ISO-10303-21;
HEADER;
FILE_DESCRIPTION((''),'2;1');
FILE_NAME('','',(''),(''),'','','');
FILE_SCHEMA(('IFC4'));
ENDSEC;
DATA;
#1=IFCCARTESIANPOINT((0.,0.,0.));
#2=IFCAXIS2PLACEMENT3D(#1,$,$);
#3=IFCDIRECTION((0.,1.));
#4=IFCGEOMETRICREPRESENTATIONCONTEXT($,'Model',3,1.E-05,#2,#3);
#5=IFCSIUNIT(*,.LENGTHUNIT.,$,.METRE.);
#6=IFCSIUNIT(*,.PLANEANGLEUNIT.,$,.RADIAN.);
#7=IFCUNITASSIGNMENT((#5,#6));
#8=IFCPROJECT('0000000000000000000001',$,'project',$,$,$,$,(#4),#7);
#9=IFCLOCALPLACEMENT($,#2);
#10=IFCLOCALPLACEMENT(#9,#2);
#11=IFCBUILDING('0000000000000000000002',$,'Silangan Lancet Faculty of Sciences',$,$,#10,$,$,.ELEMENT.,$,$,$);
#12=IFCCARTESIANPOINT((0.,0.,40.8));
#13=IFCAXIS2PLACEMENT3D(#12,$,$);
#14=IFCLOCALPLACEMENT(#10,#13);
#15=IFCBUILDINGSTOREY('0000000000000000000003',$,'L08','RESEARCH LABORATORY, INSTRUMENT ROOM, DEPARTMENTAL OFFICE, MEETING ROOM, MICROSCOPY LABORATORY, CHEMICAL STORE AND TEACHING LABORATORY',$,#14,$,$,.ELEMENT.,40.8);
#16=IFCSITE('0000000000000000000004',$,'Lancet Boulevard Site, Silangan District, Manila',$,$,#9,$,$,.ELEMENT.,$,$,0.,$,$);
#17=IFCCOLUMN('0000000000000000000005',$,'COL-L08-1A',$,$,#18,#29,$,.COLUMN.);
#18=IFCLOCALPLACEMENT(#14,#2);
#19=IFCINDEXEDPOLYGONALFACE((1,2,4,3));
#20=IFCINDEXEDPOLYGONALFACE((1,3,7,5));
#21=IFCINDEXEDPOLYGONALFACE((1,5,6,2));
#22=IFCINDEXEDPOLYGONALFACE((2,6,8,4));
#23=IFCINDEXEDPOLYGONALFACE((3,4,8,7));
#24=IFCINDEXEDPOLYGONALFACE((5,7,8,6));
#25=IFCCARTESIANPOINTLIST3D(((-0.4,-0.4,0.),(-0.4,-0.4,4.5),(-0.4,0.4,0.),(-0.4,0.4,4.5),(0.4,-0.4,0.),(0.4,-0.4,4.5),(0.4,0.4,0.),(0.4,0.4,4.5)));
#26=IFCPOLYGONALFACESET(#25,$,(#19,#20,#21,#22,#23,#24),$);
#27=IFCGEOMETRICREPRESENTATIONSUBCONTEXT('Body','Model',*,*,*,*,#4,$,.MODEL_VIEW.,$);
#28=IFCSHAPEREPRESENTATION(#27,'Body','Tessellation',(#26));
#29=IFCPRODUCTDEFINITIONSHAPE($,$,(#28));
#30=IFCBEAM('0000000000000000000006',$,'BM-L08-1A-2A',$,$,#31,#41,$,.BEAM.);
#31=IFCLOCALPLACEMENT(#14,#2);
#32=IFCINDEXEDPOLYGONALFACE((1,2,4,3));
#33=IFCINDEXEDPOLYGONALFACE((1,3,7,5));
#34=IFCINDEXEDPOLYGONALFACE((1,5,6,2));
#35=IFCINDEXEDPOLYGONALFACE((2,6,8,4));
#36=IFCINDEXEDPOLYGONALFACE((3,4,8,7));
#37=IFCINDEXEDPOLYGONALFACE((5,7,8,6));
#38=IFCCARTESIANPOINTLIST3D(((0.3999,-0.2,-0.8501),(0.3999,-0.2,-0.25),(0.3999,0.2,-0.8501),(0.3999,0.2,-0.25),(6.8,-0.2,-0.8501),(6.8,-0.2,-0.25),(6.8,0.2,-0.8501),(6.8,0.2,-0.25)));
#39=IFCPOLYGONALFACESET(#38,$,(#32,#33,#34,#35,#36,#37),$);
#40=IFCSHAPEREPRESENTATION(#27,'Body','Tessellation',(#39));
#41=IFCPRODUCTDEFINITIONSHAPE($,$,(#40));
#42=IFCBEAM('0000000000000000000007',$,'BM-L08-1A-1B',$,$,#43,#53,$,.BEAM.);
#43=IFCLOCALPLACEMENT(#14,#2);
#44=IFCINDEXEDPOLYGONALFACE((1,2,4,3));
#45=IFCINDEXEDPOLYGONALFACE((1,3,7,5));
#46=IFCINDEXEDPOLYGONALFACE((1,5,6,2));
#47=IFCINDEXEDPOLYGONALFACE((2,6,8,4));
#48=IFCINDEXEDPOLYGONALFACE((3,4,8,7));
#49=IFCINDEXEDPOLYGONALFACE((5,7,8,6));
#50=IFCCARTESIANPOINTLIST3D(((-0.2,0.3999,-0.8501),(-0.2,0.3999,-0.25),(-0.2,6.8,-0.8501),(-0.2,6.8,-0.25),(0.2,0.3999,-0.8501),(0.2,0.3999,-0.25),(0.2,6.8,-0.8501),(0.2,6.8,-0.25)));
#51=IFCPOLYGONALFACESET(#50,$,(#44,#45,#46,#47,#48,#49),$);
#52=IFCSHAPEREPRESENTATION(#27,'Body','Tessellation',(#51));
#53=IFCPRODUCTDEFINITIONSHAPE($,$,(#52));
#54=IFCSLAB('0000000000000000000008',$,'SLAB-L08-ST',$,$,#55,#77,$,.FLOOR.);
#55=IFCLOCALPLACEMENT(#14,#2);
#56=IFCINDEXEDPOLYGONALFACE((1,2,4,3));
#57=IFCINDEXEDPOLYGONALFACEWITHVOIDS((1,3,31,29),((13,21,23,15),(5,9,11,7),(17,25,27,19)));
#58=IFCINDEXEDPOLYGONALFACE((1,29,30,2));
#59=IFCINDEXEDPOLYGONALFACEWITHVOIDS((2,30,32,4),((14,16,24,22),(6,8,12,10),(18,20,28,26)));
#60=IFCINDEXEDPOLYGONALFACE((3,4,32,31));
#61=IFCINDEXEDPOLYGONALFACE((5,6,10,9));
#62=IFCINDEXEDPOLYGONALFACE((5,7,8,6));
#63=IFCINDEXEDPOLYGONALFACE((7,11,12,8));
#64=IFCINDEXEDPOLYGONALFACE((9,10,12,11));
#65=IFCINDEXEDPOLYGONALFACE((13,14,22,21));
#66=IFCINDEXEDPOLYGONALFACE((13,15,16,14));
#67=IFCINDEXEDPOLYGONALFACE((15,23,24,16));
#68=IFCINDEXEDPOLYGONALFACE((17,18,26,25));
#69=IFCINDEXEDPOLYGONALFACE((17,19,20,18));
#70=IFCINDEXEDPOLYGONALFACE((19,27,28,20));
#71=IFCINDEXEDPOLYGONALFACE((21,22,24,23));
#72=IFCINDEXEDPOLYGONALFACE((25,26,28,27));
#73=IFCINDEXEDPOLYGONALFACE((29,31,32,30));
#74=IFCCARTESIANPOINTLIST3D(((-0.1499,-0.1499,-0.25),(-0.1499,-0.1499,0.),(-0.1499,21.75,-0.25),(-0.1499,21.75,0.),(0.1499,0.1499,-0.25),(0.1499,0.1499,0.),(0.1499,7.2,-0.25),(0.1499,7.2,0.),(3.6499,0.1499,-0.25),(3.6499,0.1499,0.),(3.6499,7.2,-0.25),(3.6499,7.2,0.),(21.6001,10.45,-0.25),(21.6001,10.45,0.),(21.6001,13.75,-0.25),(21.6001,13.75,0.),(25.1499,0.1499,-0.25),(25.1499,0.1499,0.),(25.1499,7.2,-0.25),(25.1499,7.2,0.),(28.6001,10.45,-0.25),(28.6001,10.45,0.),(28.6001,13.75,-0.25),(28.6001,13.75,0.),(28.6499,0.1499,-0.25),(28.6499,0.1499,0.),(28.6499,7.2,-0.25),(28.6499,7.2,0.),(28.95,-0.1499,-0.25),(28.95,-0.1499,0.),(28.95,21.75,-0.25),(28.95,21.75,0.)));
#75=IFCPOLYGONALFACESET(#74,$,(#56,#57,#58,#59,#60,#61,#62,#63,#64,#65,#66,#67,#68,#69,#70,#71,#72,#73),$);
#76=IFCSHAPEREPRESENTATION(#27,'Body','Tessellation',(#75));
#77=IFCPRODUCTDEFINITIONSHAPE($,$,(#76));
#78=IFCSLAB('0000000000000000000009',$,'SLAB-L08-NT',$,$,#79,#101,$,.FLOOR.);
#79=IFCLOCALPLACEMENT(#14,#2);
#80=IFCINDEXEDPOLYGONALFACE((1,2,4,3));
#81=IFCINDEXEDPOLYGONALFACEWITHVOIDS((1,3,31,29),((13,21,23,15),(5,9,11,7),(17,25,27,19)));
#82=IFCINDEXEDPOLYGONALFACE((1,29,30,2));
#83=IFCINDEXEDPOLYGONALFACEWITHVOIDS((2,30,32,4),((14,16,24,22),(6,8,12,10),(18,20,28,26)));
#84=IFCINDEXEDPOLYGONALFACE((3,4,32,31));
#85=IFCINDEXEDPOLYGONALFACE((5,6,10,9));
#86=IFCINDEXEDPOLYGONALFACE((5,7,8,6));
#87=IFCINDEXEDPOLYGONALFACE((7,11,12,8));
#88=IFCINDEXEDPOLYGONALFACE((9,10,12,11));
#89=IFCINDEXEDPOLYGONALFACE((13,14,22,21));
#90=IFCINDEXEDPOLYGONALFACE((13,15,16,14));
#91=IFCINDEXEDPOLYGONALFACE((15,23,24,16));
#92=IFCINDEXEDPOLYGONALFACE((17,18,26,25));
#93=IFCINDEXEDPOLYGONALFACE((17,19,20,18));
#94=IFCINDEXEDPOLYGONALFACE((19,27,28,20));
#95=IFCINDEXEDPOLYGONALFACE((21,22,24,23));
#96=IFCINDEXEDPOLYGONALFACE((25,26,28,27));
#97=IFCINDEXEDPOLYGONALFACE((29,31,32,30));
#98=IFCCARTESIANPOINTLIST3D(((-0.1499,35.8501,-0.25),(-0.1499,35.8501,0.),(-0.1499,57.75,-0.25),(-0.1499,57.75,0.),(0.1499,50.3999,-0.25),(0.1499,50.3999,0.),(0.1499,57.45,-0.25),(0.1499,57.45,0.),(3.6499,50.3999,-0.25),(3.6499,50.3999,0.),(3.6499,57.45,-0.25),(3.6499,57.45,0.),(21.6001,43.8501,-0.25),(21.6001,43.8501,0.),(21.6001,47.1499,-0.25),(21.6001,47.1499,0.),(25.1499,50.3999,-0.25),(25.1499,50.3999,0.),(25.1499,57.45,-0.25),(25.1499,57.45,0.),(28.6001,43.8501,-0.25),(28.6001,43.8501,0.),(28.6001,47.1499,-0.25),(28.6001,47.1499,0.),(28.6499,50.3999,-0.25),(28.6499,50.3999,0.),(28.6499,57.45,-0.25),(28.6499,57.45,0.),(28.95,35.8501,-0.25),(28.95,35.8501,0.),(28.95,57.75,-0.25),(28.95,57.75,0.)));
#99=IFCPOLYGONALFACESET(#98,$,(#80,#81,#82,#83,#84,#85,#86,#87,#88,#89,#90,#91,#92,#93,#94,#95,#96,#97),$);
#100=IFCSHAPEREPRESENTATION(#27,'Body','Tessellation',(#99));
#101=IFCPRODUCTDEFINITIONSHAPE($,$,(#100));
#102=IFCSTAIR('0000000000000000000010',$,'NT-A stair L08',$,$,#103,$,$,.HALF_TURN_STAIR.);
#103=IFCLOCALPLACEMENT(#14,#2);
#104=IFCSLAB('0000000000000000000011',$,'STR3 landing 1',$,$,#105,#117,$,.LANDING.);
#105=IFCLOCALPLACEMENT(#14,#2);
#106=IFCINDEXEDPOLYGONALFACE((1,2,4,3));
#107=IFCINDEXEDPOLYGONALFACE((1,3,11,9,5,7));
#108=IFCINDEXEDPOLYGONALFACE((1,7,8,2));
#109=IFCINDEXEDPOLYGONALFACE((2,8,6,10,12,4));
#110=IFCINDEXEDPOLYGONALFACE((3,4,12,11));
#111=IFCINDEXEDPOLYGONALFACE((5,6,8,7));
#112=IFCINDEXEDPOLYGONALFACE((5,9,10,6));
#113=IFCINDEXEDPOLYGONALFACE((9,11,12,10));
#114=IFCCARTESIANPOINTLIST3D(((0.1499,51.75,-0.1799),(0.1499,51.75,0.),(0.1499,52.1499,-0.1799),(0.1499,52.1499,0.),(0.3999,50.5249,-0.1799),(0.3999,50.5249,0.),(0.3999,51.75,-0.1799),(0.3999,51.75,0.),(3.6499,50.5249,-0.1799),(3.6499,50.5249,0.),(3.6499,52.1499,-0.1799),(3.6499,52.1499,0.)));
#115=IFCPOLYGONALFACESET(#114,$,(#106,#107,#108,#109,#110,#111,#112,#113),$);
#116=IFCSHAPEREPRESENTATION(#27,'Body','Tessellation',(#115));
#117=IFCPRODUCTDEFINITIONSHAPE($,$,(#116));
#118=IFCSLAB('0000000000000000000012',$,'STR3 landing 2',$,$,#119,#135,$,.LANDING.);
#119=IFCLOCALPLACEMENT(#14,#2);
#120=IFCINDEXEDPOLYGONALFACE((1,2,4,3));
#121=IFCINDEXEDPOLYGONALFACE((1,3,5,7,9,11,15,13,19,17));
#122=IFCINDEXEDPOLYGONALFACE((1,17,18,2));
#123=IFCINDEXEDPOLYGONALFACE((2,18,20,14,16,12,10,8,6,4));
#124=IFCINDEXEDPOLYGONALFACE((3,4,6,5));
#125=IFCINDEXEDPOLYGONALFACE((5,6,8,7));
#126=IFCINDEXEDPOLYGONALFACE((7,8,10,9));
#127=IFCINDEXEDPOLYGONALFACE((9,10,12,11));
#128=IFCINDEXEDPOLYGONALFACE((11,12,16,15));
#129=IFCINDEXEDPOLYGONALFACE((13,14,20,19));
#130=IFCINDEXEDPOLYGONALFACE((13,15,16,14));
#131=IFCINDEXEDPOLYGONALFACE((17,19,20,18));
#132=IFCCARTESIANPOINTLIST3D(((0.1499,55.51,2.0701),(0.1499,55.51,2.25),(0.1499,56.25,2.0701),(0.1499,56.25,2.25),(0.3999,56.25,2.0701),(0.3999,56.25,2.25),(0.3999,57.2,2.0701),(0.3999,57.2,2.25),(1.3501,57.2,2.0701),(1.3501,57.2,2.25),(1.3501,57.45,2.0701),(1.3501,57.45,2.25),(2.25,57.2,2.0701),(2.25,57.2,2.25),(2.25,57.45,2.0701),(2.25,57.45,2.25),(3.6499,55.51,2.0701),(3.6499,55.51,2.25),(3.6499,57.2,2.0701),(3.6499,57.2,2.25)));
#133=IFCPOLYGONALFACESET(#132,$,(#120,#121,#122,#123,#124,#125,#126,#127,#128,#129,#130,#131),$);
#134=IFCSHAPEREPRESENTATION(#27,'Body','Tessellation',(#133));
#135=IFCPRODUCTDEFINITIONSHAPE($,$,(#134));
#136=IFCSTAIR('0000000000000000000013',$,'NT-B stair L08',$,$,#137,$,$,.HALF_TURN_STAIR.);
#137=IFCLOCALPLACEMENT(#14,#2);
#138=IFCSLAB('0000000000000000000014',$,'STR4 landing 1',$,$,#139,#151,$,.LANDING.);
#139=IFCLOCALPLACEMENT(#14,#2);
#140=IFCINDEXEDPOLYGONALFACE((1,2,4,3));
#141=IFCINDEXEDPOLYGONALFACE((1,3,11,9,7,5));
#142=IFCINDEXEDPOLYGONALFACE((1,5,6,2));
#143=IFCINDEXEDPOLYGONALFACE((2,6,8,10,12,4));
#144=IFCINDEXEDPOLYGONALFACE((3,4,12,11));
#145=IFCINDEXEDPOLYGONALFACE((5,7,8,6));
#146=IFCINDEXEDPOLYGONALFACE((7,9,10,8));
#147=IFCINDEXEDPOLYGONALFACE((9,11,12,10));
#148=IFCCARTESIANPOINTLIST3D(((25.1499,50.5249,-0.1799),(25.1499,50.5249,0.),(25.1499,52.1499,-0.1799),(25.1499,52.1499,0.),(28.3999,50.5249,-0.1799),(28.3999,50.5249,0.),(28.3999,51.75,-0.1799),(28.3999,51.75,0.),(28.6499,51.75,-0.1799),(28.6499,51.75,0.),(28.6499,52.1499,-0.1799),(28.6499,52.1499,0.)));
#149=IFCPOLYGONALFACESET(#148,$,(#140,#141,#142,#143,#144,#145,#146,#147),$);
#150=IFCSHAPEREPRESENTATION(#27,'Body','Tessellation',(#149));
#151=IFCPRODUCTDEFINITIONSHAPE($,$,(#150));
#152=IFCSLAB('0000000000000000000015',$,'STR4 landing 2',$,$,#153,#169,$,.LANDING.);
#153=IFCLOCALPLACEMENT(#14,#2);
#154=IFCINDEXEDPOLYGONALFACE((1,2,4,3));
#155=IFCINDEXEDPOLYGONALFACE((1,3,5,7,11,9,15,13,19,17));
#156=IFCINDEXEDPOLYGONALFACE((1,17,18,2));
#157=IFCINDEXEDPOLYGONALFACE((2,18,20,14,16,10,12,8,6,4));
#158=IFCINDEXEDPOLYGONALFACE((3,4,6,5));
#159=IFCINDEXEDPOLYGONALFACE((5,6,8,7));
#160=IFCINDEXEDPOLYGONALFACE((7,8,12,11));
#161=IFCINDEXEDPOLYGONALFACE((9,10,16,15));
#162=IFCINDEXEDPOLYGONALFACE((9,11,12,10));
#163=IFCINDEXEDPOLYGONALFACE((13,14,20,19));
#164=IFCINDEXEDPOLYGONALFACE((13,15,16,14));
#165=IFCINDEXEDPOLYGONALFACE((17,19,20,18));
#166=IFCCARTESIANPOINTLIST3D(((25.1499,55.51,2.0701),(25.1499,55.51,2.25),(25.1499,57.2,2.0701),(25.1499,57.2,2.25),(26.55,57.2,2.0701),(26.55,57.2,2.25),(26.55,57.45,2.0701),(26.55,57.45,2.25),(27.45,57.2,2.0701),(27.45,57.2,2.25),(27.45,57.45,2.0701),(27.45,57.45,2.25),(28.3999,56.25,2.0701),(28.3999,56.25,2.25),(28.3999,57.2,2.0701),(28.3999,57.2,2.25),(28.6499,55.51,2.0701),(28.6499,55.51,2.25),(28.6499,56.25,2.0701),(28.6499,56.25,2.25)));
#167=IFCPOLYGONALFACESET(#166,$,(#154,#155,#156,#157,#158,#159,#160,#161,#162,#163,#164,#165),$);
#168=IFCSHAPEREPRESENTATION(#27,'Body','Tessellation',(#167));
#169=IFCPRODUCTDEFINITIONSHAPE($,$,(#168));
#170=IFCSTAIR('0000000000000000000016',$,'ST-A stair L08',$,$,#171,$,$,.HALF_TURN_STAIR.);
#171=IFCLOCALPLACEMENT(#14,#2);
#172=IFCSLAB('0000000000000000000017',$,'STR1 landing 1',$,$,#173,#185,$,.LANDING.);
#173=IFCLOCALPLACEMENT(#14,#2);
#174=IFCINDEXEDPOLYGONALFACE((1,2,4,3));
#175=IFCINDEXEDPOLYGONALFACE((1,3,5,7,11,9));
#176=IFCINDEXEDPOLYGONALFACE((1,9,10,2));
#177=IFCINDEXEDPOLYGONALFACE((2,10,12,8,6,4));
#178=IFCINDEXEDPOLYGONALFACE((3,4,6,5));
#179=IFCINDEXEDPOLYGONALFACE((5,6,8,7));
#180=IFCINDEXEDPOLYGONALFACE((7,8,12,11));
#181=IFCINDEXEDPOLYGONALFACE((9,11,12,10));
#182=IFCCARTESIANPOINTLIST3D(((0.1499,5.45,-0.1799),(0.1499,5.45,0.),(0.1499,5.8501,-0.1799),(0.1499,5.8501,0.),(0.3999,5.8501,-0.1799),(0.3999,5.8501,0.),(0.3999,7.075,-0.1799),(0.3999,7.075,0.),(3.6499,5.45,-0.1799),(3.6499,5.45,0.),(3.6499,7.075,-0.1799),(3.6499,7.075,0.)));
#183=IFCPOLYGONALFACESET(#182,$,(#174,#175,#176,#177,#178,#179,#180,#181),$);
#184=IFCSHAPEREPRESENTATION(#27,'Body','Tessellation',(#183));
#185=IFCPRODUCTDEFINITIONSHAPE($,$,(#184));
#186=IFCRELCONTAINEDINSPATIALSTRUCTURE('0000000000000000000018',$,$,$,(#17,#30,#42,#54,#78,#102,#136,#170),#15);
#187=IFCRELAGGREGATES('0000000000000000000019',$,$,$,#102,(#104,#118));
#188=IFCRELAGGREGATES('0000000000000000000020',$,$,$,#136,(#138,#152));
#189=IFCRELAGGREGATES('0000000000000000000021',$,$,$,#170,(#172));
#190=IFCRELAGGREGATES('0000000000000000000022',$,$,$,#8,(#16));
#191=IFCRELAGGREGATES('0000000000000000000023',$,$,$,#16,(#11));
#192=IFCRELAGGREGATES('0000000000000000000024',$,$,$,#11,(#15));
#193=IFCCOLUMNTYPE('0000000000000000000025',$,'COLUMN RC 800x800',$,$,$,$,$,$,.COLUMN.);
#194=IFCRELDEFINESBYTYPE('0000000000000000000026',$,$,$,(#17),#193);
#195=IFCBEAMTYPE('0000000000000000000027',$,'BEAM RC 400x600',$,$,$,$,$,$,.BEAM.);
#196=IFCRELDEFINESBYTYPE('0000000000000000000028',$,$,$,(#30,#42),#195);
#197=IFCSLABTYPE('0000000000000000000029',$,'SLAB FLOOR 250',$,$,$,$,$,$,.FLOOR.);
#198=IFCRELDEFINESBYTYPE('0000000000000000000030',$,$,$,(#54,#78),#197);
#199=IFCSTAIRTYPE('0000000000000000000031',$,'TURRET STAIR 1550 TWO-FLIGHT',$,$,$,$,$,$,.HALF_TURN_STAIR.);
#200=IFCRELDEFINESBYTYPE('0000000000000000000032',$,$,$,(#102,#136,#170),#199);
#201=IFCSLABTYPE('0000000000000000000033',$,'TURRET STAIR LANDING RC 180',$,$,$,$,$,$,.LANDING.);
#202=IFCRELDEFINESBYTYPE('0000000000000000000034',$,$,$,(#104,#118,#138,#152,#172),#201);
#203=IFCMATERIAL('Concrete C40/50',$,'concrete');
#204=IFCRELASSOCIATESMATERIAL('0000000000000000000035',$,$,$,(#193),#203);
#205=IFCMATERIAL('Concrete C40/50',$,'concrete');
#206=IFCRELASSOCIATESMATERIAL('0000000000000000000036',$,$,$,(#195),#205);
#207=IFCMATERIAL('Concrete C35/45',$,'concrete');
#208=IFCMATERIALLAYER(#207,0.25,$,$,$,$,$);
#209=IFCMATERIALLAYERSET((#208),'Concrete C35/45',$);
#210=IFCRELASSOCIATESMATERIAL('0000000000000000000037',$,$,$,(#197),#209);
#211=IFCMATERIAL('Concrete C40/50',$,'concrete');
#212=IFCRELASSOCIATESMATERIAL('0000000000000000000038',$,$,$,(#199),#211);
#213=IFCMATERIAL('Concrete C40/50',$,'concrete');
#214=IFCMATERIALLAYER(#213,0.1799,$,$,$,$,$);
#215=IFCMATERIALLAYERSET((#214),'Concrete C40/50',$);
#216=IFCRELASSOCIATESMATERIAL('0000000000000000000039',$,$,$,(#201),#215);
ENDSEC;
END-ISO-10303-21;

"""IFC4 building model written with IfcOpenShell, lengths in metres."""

from ifc_helpers import new_model, si_unit, direction, frame, origin, origin_with_axes, origin_2d, place, context, subcontext, project, spatial, polyline, rectangle, outline, extrude, material, layer, layer_set, material_profile, profile_set, type_object, element, aggregate, save


model = new_model("IFC4")

# Units and contexts
model_context = context("Model", 3, precision=1e-05, world=origin(), true_north=direction((0.0, 1.0)))
body_context = subcontext(model_context, "Body", "Model", "MODEL_VIEW")
ifc_project = project(units=[si_unit("LENGTHUNIT", "METRE"), si_unit("PLANEANGLEUNIT", "RADIAN")], contexts=[model_context])

# Site, building, storey
site_placement = place(None, origin())
site = spatial("IfcSite", under=ifc_project, at=site_placement, Name="Lancet Boulevard Site, Silangan District, Manila", CompositionType="ELEMENT", RefElevation=0.0)
building_placement = place(site_placement, origin())
building = spatial("IfcBuilding", under=site, at=building_placement, Name="Silangan Lancet Faculty of Sciences", CompositionType="ELEMENT")
storey_placement = place(building_placement, frame((0.0, 0.0, 40.8)))
storey = spatial("IfcBuildingStorey", under=building, at=storey_placement, Name="L08", Description="RESEARCH LABORATORY, INSTRUMENT ROOM, DEPARTMENTAL OFFICE, MEETING ROOM, MICROSCOPY LABORATORY, CHEMICAL STORE AND TEACHING LABORATORY", CompositionType="ELEMENT", Elevation=40.8)

# Column
ifc_material_1 = material(Name="Concrete C40/50", Category="concrete")
ifc_material_profile_1 = material_profile(ifc_material_1, rectangle(XDim=0.8, YDim=0.8, at=origin_2d()), Name="RC 800x800")
ifc_profile_set_1 = profile_set([ifc_material_profile_1], Name="Concrete C40/50")
column_type = type_object("IfcColumnType", Name="COLUMN RC 800x800", PredefinedType="COLUMN", material=ifc_profile_set_1)
column_placement = place(storey_placement, origin_with_axes())
element("IfcColumn", 1, at=column_placement, inside=storey, type_object=column_type, Name="COL-L08-1A", PredefinedType="COLUMN", context=body_context, shape_type="SweptSolid", body=[
    extrude(rectangle(XDim=0.8, YDim=0.8, at=origin_2d()), origin(), (0.0, 0.0, 1.0), 4.5),
])

# Beams
ifc_material_2 = material(Name="Concrete C40/50", Category="concrete")
ifc_material_profile_2 = material_profile(ifc_material_2, rectangle(XDim=0.3999, YDim=0.6001, at=origin_2d()), Name="RC 400x600")
ifc_profile_set_2 = profile_set([ifc_material_profile_2], Name="Concrete C40/50")
beam_type = type_object("IfcBeamType", Name="BEAM RC 400x600", PredefinedType="BEAM", material=ifc_profile_set_2)
for number, where, z_axis, x_axis, name in (
    (2, (0.3999, 0.0, -0.55), (1.0, 0.0, 0.0), (0.0, 1.0, 0.0), "BM-L08-1A-2A"),
    (3, (0.0, 0.3999, -0.55), (0.0, 1.0, 0.0), (-1.0, 0.0, 0.0), "BM-L08-1A-1B"),
):
    element("IfcBeam", number, at=place(storey_placement, frame(where, z_axis=z_axis, x_axis=x_axis)), inside=storey, type_object=beam_type, Name=name, PredefinedType="BEAM", context=body_context, shape_type="SweptSolid", body=[
        extrude(rectangle(XDim=0.3999, YDim=0.6001, at=origin_2d()), origin(), (0.0, 0.0, 1.0), 6.4001),
    ])

# Slabs
ifc_material_3 = material(Name="Concrete C35/45", Category="concrete")
ifc_layer_1 = layer(ifc_material_3, 0.25)
ifc_layer_set_1 = layer_set([ifc_layer_1], Name="Concrete C35/45")
slab_type_1 = type_object("IfcSlabType", Name="SLAB FLOOR 250", PredefinedType="FLOOR", material=ifc_layer_set_1)
slab_1_placement = place(storey_placement, frame((0.0, 0.0, -0.25)))
element("IfcSlab", 4, at=slab_1_placement, inside=storey, type_object=slab_type_1, Name="SLAB-L08-ST", PredefinedType="FLOOR", context=body_context, shape_type="SweptSolid", body=[
    extrude(outline(polyline([(-0.1499, 21.75), (-0.1499, -0.1499), (28.95, -0.1499), (28.95, 21.75), (-0.1499, 21.75)]), holes=[polyline([(0.1499, 0.1499), (0.1499, 7.2), (3.6499, 7.2), (3.6499, 0.1499), (0.1499, 0.1499)]), polyline([(25.1499, 7.2), (28.6499, 7.2), (28.6499, 0.1499), (25.1499, 0.1499), (25.1499, 7.2)]), polyline([(21.6001, 13.75), (28.6001, 13.75), (28.6001, 10.45), (21.6001, 10.45), (21.6001, 13.75)])]), origin(), (0.0, 0.0, 1.0), 0.25),
])
slab_2_placement = place(storey_placement, frame((0.0, 0.0, -0.25)))
element("IfcSlab", 5, at=slab_2_placement, inside=storey, type_object=slab_type_1, Name="SLAB-L08-NT", PredefinedType="FLOOR", context=body_context, shape_type="SweptSolid", body=[
    extrude(outline(polyline([(-0.1499, 35.8501), (28.95, 35.8501), (28.95, 57.75), (-0.1499, 57.75), (-0.1499, 35.8501)]), holes=[polyline([(21.6001, 43.8501), (21.6001, 47.1499), (28.6001, 47.1499), (28.6001, 43.8501), (21.6001, 43.8501)]), polyline([(0.1499, 57.45), (3.6499, 57.45), (3.6499, 50.3999), (0.1499, 50.3999), (0.1499, 57.45)]), polyline([(25.1499, 57.45), (28.6499, 57.45), (28.6499, 50.3999), (25.1499, 50.3999), (25.1499, 57.45)])]), origin(), (0.0, 0.0, 1.0), 0.25),
])

# Stairs, slabs
ifc_material_4 = material(Name="Concrete C40/50", Category="concrete")
stair_type = type_object("IfcStairType", Name="TURRET STAIR 1550 TWO-FLIGHT", PredefinedType="HALF_TURN_STAIR", material=ifc_material_4)
stair_1_placement = place(storey_placement, origin())
stair_1 = element("IfcStair", 6, at=stair_1_placement, inside=storey, type_object=stair_type, Name="NT-A stair L08", PredefinedType="HALF_TURN_STAIR")
ifc_material_5 = material(Name="Concrete C40/50", Category="concrete")
ifc_layer_2 = layer(ifc_material_5, 0.1799)
ifc_layer_set_2 = layer_set([ifc_layer_2], Name="Concrete C40/50")
slab_type_2 = type_object("IfcSlabType", Name="TURRET STAIR LANDING RC 180", PredefinedType="LANDING", material=ifc_layer_set_2)
slab_3_placement = place(storey_placement, frame((0.0, 0.0, -0.1799)))
slab_3 = element("IfcSlab", 7, at=slab_3_placement, type_object=slab_type_2, Name="STR3 landing 1", PredefinedType="LANDING", context=body_context, shape_type="SweptSolid", body=[
    extrude(outline(polyline([(0.1499, 52.1499), (3.6499, 52.1499), (3.6499, 50.5249), (0.3999, 50.5249), (0.3999, 51.75), (0.1499, 51.75), (0.1499, 52.1499)])), origin(), (0.0, 0.0, 1.0), 0.1799),
])
slab_4_placement = place(storey_placement, frame((0.0, 0.0, 2.0701)))
slab_4 = element("IfcSlab", 8, at=slab_4_placement, type_object=slab_type_2, Name="STR3 landing 2", PredefinedType="LANDING", context=body_context, shape_type="SweptSolid", body=[
    extrude(outline(polyline([(0.1499, 55.51), (0.1499, 56.25), (0.3999, 56.25), (0.3999, 57.2), (1.3501, 57.2), (1.3501, 57.45), (2.25, 57.45), (2.25, 57.2), (3.6499, 57.2), (3.6499, 55.51), (0.1499, 55.51)])), origin(), (0.0, 0.0, 1.0), 0.1799),
])
aggregate(stair_1, [slab_3, slab_4])
stair_2_placement = place(storey_placement, origin())
stair_2 = element("IfcStair", 9, at=stair_2_placement, inside=storey, type_object=stair_type, Name="NT-B stair L08", PredefinedType="HALF_TURN_STAIR")
slab_5_placement = place(storey_placement, frame((0.0, 0.0, -0.1799)))
slab_5 = element("IfcSlab", 10, at=slab_5_placement, type_object=slab_type_2, Name="STR4 landing 1", PredefinedType="LANDING", context=body_context, shape_type="SweptSolid", body=[
    extrude(outline(polyline([(28.6499, 51.75), (28.3999, 51.75), (28.3999, 50.5249), (25.1499, 50.5249), (25.1499, 52.1499), (28.6499, 52.1499), (28.6499, 51.75)])), origin(), (0.0, 0.0, 1.0), 0.1799),
])
slab_6_placement = place(storey_placement, frame((0.0, 0.0, 2.0701)))
slab_6 = element("IfcSlab", 11, at=slab_6_placement, type_object=slab_type_2, Name="STR4 landing 2", PredefinedType="LANDING", context=body_context, shape_type="SweptSolid", body=[
    extrude(outline(polyline([(26.55, 57.2), (26.55, 57.45), (27.45, 57.45), (27.45, 57.2), (28.3999, 57.2), (28.3999, 56.25), (28.6499, 56.25), (28.6499, 55.51), (25.1499, 55.51), (25.1499, 57.2), (26.55, 57.2)])), origin(), (0.0, 0.0, 1.0), 0.1799),
])
aggregate(stair_2, [slab_5, slab_6])
stair_3_placement = place(storey_placement, origin())
stair_3 = element("IfcStair", 12, at=stair_3_placement, inside=storey, type_object=stair_type, Name="ST-A stair L08", PredefinedType="HALF_TURN_STAIR")
slab_7_placement = place(storey_placement, frame((0.0, 0.0, -0.1799)))
slab_7 = element("IfcSlab", 13, at=slab_7_placement, type_object=slab_type_2, Name="STR1 landing 1", PredefinedType="LANDING", context=body_context, shape_type="SweptSolid", body=[
    extrude(outline(polyline([(3.6499, 5.45), (0.1499, 5.45), (0.1499, 5.8501), (0.3999, 5.8501), (0.3999, 7.075), (3.6499, 7.075), (3.6499, 5.45)])), origin(), (0.0, 0.0, 1.0), 0.1799),
])
aggregate(stair_3, [slab_7])

save(model, "model.ifc")
